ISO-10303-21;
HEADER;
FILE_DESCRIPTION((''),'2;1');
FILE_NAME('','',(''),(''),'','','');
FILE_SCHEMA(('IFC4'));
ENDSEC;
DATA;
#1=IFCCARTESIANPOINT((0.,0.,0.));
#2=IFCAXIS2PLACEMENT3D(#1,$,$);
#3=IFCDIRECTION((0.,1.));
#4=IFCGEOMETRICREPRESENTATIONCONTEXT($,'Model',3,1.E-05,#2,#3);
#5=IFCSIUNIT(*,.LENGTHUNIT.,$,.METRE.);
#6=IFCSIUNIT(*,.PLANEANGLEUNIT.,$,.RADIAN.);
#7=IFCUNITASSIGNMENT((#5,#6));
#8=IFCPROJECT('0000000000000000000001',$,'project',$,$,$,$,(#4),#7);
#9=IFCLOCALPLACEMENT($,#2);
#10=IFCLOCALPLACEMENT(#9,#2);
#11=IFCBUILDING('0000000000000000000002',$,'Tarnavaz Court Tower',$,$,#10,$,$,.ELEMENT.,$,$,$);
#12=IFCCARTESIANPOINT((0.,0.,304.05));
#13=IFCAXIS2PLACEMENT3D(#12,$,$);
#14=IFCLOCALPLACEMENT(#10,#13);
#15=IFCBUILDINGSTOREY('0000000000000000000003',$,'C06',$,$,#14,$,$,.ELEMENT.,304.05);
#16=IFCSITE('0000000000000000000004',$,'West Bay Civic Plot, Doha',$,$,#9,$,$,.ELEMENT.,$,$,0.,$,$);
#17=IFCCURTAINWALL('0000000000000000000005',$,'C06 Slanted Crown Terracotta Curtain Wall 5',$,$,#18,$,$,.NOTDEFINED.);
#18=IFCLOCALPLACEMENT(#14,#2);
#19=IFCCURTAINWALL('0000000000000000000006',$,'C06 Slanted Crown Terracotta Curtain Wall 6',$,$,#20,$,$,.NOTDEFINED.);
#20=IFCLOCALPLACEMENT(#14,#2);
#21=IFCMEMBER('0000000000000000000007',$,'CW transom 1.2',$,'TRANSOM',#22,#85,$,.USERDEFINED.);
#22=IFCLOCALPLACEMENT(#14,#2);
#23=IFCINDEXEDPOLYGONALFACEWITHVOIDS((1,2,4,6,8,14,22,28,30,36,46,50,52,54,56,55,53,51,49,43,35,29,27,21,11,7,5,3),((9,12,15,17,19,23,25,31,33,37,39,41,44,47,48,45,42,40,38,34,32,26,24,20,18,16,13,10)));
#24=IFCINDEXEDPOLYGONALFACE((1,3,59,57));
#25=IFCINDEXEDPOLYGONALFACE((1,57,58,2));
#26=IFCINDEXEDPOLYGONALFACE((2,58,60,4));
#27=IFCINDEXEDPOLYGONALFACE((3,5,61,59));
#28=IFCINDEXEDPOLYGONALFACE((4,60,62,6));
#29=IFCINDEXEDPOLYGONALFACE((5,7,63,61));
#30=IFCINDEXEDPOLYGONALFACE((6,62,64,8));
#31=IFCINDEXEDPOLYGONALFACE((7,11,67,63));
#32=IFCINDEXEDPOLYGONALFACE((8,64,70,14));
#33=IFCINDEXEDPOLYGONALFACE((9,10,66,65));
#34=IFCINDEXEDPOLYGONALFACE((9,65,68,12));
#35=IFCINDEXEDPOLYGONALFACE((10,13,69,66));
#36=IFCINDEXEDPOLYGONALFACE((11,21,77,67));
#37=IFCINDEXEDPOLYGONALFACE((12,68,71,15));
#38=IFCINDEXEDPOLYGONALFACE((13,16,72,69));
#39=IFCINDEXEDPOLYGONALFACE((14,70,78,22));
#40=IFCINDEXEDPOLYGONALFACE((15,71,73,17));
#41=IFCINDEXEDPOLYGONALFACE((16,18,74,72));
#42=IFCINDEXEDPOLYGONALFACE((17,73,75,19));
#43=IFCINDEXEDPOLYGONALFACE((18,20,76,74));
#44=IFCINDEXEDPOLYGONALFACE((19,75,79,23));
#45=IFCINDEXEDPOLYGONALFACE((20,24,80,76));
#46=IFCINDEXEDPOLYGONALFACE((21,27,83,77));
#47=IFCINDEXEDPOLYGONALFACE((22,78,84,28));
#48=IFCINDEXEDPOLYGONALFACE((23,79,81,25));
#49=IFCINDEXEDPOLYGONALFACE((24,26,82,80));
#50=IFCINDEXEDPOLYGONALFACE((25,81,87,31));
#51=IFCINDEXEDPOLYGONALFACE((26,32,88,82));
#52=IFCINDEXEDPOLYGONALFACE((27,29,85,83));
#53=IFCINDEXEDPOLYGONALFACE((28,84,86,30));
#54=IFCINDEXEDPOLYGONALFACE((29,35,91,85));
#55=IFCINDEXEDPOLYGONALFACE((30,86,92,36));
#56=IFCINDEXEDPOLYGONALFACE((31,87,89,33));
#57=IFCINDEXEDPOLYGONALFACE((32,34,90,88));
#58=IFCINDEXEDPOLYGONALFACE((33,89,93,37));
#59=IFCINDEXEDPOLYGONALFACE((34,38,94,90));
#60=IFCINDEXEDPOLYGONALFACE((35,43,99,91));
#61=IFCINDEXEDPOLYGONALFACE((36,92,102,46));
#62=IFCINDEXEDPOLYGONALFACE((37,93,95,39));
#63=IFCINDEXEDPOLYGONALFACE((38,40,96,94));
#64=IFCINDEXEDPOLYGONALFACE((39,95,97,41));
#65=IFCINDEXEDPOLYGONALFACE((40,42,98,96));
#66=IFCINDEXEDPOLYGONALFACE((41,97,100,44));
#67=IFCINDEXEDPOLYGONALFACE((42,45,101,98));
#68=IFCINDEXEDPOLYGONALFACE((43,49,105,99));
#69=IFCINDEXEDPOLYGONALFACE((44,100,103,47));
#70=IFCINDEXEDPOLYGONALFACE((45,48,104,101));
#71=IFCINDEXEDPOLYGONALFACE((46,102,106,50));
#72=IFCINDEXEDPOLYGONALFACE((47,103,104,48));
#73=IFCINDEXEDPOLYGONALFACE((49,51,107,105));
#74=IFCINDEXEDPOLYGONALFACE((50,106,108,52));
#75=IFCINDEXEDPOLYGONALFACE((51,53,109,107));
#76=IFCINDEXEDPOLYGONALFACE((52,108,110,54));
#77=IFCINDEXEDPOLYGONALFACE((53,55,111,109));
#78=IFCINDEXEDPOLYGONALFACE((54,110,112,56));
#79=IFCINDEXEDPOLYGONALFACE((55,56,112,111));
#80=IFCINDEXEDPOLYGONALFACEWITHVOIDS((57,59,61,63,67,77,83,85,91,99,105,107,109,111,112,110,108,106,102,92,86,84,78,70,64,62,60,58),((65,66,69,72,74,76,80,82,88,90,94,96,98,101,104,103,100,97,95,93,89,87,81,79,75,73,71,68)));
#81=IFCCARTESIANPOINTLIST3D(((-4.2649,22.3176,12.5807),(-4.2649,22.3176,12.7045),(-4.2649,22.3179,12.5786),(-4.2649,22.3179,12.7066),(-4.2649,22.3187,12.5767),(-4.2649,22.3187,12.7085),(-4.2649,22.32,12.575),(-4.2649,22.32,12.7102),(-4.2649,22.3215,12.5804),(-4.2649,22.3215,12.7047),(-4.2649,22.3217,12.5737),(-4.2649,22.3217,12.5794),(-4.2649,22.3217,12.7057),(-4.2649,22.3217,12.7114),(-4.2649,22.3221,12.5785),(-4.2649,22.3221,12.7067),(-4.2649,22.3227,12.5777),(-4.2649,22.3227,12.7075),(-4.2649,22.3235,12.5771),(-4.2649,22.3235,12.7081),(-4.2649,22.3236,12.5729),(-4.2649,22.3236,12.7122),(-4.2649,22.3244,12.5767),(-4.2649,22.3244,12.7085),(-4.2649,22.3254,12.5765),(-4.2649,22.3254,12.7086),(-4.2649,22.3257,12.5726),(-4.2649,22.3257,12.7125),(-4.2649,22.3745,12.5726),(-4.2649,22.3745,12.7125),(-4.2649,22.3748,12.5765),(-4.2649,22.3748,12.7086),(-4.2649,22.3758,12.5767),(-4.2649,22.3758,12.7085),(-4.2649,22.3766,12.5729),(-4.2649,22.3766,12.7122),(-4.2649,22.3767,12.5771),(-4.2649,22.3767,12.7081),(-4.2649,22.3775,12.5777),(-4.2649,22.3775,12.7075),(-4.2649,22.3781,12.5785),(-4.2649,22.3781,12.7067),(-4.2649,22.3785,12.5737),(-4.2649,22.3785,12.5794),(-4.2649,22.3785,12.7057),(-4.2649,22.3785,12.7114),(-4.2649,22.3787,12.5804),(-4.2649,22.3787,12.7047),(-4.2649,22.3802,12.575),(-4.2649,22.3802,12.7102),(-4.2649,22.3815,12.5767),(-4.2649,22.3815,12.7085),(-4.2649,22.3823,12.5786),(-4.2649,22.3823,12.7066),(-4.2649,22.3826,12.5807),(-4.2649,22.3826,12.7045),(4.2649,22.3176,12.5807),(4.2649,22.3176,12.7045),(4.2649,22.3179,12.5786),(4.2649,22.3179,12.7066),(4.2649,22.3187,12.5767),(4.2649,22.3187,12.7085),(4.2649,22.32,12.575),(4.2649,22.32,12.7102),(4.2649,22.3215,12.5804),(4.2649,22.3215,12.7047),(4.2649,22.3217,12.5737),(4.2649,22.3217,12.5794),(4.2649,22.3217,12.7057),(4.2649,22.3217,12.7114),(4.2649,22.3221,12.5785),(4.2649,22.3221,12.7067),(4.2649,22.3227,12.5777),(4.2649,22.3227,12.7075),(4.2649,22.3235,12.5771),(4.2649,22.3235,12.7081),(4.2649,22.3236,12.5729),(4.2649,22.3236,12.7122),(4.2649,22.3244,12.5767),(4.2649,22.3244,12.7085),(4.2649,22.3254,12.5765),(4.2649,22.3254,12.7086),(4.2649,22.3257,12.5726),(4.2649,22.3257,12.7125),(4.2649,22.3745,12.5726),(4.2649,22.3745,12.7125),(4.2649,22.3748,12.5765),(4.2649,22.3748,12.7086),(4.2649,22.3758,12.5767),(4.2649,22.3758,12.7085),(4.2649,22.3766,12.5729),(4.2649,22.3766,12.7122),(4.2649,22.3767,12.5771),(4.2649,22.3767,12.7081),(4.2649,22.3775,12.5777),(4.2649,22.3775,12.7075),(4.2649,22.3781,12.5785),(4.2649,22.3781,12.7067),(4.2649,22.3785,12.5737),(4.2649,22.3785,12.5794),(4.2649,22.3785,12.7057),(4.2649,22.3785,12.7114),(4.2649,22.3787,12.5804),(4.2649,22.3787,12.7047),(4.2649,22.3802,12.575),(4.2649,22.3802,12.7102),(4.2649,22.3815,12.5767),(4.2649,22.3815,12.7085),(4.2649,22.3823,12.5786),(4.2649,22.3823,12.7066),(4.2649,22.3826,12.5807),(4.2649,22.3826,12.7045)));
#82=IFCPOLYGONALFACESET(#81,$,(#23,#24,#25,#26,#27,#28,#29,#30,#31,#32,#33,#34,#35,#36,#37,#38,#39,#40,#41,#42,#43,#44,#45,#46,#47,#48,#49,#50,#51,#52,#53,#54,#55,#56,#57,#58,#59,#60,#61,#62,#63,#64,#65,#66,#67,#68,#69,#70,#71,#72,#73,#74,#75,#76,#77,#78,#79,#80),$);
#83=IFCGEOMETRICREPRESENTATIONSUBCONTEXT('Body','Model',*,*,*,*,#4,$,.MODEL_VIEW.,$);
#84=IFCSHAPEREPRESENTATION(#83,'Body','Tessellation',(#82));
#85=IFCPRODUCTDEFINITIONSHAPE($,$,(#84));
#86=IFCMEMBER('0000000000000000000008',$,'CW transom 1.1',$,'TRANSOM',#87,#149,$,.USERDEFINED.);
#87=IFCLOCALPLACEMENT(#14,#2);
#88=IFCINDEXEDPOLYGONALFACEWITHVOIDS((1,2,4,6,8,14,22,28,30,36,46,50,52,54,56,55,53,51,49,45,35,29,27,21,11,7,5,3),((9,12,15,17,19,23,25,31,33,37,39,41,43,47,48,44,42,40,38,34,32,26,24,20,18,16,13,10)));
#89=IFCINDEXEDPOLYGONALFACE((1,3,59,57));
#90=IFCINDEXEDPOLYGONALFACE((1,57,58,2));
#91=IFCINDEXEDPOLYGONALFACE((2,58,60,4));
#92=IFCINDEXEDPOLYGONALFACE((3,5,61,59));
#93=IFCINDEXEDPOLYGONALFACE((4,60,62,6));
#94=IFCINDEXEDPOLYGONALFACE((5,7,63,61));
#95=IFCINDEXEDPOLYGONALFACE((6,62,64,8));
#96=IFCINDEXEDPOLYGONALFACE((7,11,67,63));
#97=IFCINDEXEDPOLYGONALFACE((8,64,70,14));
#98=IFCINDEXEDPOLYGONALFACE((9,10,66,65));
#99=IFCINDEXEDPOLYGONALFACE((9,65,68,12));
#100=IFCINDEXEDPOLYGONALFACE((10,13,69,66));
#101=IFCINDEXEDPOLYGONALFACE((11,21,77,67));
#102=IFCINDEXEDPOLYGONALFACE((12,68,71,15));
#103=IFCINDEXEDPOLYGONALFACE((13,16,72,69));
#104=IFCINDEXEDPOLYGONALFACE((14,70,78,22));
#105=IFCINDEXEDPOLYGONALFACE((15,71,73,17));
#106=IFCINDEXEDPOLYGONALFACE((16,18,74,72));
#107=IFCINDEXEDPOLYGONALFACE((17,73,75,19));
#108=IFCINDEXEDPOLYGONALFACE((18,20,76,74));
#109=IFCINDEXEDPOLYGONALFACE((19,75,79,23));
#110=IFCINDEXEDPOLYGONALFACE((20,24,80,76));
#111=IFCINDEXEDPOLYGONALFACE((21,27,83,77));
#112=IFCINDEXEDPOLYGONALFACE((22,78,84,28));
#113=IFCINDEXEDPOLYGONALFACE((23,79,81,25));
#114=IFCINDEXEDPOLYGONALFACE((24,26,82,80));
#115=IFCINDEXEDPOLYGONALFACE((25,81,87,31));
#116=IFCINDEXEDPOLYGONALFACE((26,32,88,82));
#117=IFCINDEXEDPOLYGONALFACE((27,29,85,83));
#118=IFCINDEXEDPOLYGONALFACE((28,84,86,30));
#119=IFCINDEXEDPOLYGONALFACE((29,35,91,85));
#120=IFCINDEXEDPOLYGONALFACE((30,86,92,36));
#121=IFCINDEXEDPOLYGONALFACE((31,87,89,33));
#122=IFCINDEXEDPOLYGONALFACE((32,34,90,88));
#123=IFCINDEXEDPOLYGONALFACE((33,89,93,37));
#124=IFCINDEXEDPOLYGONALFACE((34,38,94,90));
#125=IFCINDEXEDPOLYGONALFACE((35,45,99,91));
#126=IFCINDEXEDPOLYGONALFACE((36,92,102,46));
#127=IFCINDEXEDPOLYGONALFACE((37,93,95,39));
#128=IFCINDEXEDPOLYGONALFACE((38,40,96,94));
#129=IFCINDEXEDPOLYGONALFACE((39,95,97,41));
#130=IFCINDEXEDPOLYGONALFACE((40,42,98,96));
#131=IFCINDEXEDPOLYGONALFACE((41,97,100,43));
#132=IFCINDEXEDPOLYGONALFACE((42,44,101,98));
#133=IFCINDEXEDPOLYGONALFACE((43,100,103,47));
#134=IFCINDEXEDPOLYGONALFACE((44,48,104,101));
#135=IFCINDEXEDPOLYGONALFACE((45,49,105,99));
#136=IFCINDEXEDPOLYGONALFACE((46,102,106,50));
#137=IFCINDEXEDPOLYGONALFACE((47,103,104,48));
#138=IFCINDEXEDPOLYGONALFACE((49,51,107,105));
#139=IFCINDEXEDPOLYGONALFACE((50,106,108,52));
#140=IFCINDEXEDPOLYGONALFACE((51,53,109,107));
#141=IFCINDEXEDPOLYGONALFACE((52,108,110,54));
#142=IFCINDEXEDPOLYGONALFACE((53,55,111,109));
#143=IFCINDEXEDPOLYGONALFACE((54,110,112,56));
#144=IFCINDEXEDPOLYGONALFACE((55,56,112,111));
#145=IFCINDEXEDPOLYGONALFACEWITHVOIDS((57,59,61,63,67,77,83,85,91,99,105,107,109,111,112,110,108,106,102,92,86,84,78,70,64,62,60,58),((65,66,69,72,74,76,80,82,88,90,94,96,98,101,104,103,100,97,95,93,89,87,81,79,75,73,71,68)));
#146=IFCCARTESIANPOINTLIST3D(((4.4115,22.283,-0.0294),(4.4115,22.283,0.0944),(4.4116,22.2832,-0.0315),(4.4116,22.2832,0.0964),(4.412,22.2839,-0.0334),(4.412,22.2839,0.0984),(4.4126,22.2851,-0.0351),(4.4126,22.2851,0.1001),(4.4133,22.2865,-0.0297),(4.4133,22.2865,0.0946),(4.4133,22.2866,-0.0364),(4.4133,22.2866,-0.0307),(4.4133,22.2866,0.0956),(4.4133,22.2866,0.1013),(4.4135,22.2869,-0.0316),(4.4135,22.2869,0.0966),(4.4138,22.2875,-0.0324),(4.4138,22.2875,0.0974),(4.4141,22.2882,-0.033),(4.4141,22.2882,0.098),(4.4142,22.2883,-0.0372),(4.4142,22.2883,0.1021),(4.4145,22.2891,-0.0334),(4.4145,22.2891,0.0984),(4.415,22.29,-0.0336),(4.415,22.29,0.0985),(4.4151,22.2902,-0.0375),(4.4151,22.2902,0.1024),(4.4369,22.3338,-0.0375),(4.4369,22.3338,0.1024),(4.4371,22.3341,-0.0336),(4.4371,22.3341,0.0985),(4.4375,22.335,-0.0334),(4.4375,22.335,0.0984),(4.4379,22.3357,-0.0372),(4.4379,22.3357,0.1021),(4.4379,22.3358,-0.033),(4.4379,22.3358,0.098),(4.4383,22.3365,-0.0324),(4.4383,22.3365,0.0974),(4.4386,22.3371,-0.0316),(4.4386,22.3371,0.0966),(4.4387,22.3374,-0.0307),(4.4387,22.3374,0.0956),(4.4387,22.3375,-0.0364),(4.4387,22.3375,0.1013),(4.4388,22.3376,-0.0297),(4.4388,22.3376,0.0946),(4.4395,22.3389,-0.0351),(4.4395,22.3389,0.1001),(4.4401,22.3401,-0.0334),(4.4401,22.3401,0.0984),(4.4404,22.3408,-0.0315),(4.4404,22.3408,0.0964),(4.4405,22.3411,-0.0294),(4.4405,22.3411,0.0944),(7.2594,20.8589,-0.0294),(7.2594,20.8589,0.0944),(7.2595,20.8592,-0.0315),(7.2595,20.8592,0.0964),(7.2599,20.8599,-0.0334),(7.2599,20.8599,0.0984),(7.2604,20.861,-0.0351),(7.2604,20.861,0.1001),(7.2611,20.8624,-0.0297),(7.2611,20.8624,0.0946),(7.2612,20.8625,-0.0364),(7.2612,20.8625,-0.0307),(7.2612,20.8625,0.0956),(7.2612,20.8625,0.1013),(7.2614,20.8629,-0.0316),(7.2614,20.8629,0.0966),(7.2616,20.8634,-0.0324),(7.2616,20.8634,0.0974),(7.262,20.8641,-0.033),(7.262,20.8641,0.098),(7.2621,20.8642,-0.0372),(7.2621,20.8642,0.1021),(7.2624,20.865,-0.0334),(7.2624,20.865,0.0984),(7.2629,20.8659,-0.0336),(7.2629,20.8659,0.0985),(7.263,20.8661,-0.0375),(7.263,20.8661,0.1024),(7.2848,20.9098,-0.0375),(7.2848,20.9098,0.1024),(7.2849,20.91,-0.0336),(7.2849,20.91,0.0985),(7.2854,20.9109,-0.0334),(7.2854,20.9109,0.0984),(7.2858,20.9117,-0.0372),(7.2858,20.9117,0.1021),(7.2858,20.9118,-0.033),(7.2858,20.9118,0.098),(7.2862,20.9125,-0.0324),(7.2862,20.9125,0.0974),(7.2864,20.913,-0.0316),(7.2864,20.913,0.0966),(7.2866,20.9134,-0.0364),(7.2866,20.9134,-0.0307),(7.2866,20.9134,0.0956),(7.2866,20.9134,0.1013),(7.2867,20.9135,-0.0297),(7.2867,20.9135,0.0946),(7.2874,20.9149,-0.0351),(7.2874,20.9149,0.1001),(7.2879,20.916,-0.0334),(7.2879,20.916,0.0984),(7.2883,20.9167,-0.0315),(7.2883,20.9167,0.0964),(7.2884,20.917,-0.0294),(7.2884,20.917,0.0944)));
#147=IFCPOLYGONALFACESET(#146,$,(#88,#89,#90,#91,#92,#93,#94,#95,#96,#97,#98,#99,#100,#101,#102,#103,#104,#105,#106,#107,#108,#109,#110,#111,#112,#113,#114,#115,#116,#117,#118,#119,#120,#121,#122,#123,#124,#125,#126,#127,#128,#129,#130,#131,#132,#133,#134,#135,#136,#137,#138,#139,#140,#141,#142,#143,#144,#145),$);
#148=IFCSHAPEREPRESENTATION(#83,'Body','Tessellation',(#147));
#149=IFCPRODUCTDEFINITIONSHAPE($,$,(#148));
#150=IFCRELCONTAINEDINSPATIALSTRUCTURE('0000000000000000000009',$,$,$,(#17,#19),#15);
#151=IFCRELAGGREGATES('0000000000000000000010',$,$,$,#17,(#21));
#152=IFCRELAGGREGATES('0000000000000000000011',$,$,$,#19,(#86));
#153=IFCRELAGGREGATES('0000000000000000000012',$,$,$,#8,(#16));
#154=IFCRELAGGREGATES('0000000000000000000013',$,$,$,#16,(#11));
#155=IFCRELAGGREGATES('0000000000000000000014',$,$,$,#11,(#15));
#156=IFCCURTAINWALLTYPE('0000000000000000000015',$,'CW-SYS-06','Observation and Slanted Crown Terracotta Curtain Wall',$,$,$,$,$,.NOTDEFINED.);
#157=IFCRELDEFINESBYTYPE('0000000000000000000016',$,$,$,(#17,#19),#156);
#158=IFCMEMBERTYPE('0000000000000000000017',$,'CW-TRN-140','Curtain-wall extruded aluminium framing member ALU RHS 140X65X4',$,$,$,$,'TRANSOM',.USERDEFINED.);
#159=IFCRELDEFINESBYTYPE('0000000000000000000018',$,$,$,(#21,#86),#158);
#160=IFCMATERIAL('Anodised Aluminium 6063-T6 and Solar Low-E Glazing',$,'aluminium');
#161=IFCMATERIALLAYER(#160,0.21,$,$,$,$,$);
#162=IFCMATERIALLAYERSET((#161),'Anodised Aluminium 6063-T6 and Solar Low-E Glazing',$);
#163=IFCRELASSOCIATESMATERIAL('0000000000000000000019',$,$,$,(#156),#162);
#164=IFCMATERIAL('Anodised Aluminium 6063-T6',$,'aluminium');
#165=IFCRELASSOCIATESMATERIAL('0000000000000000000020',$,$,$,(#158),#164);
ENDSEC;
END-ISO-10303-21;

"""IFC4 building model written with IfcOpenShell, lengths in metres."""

from ifc_helpers import new_model, si_unit, direction, frame, origin, origin_2d, place, context, subcontext, project, spatial, hollow_rectangle, extrude, material, layer, layer_set, material_profile, profile_set, type_object, element, aggregate, save


model = new_model("IFC4")

# Units and contexts
model_context = context("Model", 3, precision=1e-05, world=origin(), true_north=direction((0.0, 1.0)))
body_context = subcontext(model_context, "Body", "Model", "MODEL_VIEW")
ifc_project = project(units=[si_unit("LENGTHUNIT", "METRE"), si_unit("PLANEANGLEUNIT", "RADIAN")], contexts=[model_context])

# Site, building, storey
site_placement = place(None, origin())
site = spatial("IfcSite", under=ifc_project, at=site_placement, Name="West Bay Civic Plot, Doha", CompositionType="ELEMENT", RefElevation=0.0)
building_placement = place(site_placement, origin())
building = spatial("IfcBuilding", under=site, at=building_placement, Name="Tarnavaz Court Tower", CompositionType="ELEMENT")
storey_placement = place(building_placement, frame((0.0, 0.0, 304.05)))
storey = spatial("IfcBuildingStorey", under=building, at=storey_placement, Name="C06", CompositionType="ELEMENT", Elevation=304.05)

# Curtain wall
ifc_material_1 = material(Name="Anodised Aluminium 6063-T6 and Solar Low-E Glazing", Category="aluminium")
ifc_layer_1 = layer(ifc_material_1, 0.21)
ifc_layer_set_1 = layer_set([ifc_layer_1], Name="Anodised Aluminium 6063-T6 and Solar Low-E Glazing")
curtain_wall_type = type_object("IfcCurtainWallType", Name="CW-SYS-06", Description="Observation and Slanted Crown Terracotta Curtain Wall", PredefinedType="NOTDEFINED", material=ifc_layer_set_1)
curtain_wall_1_placement = place(storey_placement, origin())
curtain_wall_1 = element("IfcCurtainWall", 1, at=curtain_wall_1_placement, inside=storey, type_object=curtain_wall_type, Name="C06 Slanted Crown Terracotta Curtain Wall 5", PredefinedType="NOTDEFINED")
ifc_material_2 = material(Name="Anodised Aluminium 6063-T6", Category="aluminium")

# Curtain wall
curtain_wall_2_placement = place(storey_placement, origin())
curtain_wall_2 = element("IfcCurtainWall", 2, at=curtain_wall_2_placement, inside=storey, type_object=curtain_wall_type, Name="C06 Slanted Crown Terracotta Curtain Wall 6", PredefinedType="NOTDEFINED")

# Members
ifc_material_profile_1 = material_profile(ifc_material_2, hollow_rectangle(XDim=0.0649, YDim=0.1399, WallThickness=0.0039, InnerFilletRadius=0.0039, OuterFilletRadius=0.0081, at=origin_2d()), Name="ALU RHS 140X65X4")
ifc_profile_set_1 = profile_set([ifc_material_profile_1], Name="Anodised Aluminium 6063-T6")
member_type_1 = type_object("IfcMemberType", Name="CW-TRN-140", Description="Curtain-wall extruded aluminium framing member ALU RHS 140X65X4", ElementType="TRANSOM", PredefinedType="USERDEFINED", material=ifc_profile_set_1)
member_1_placement = place(storey_placement, frame((-4.2649, 22.3501, 12.6426), z_axis=(1.0, 0.0, 0.0), x_axis=(0.0, 1.0, 0.0)))
member_1 = element("IfcMember", 3, at=member_1_placement, type_object=member_type_1, Name="CW transom 1.2", ObjectType="TRANSOM", PredefinedType="USERDEFINED", context=body_context, shape_type="SweptSolid", body=[
    extrude(hollow_rectangle(XDim=0.0649, YDim=0.1399, WallThickness=0.0039, InnerFilletRadius=0.0039, OuterFilletRadius=0.0081, at=origin_2d()), origin(), (0.0, 0.0, 1.0), 8.5298),
])
member_2_placement = place(storey_placement, frame((4.426, 22.312, 0.0325), z_axis=(0.894412, -0.447244, 0.0), x_axis=(0.447244, 0.894412, 0.0)))
member_2 = element("IfcMember", 4, at=member_2_placement, type_object=member_type_1, Name="CW transom 1.1", ObjectType="TRANSOM", PredefinedType="USERDEFINED", context=body_context, shape_type="SweptSolid", body=[
    extrude(hollow_rectangle(XDim=0.0649, YDim=0.1399, WallThickness=0.0039, InnerFilletRadius=0.0039, OuterFilletRadius=0.0081, at=origin_2d()), origin(), (0.0, 0.0, 1.0), 3.1841),
])

aggregate(curtain_wall_1, [member_1])
aggregate(curtain_wall_2, [member_2])

save(model, "model.ifc")
